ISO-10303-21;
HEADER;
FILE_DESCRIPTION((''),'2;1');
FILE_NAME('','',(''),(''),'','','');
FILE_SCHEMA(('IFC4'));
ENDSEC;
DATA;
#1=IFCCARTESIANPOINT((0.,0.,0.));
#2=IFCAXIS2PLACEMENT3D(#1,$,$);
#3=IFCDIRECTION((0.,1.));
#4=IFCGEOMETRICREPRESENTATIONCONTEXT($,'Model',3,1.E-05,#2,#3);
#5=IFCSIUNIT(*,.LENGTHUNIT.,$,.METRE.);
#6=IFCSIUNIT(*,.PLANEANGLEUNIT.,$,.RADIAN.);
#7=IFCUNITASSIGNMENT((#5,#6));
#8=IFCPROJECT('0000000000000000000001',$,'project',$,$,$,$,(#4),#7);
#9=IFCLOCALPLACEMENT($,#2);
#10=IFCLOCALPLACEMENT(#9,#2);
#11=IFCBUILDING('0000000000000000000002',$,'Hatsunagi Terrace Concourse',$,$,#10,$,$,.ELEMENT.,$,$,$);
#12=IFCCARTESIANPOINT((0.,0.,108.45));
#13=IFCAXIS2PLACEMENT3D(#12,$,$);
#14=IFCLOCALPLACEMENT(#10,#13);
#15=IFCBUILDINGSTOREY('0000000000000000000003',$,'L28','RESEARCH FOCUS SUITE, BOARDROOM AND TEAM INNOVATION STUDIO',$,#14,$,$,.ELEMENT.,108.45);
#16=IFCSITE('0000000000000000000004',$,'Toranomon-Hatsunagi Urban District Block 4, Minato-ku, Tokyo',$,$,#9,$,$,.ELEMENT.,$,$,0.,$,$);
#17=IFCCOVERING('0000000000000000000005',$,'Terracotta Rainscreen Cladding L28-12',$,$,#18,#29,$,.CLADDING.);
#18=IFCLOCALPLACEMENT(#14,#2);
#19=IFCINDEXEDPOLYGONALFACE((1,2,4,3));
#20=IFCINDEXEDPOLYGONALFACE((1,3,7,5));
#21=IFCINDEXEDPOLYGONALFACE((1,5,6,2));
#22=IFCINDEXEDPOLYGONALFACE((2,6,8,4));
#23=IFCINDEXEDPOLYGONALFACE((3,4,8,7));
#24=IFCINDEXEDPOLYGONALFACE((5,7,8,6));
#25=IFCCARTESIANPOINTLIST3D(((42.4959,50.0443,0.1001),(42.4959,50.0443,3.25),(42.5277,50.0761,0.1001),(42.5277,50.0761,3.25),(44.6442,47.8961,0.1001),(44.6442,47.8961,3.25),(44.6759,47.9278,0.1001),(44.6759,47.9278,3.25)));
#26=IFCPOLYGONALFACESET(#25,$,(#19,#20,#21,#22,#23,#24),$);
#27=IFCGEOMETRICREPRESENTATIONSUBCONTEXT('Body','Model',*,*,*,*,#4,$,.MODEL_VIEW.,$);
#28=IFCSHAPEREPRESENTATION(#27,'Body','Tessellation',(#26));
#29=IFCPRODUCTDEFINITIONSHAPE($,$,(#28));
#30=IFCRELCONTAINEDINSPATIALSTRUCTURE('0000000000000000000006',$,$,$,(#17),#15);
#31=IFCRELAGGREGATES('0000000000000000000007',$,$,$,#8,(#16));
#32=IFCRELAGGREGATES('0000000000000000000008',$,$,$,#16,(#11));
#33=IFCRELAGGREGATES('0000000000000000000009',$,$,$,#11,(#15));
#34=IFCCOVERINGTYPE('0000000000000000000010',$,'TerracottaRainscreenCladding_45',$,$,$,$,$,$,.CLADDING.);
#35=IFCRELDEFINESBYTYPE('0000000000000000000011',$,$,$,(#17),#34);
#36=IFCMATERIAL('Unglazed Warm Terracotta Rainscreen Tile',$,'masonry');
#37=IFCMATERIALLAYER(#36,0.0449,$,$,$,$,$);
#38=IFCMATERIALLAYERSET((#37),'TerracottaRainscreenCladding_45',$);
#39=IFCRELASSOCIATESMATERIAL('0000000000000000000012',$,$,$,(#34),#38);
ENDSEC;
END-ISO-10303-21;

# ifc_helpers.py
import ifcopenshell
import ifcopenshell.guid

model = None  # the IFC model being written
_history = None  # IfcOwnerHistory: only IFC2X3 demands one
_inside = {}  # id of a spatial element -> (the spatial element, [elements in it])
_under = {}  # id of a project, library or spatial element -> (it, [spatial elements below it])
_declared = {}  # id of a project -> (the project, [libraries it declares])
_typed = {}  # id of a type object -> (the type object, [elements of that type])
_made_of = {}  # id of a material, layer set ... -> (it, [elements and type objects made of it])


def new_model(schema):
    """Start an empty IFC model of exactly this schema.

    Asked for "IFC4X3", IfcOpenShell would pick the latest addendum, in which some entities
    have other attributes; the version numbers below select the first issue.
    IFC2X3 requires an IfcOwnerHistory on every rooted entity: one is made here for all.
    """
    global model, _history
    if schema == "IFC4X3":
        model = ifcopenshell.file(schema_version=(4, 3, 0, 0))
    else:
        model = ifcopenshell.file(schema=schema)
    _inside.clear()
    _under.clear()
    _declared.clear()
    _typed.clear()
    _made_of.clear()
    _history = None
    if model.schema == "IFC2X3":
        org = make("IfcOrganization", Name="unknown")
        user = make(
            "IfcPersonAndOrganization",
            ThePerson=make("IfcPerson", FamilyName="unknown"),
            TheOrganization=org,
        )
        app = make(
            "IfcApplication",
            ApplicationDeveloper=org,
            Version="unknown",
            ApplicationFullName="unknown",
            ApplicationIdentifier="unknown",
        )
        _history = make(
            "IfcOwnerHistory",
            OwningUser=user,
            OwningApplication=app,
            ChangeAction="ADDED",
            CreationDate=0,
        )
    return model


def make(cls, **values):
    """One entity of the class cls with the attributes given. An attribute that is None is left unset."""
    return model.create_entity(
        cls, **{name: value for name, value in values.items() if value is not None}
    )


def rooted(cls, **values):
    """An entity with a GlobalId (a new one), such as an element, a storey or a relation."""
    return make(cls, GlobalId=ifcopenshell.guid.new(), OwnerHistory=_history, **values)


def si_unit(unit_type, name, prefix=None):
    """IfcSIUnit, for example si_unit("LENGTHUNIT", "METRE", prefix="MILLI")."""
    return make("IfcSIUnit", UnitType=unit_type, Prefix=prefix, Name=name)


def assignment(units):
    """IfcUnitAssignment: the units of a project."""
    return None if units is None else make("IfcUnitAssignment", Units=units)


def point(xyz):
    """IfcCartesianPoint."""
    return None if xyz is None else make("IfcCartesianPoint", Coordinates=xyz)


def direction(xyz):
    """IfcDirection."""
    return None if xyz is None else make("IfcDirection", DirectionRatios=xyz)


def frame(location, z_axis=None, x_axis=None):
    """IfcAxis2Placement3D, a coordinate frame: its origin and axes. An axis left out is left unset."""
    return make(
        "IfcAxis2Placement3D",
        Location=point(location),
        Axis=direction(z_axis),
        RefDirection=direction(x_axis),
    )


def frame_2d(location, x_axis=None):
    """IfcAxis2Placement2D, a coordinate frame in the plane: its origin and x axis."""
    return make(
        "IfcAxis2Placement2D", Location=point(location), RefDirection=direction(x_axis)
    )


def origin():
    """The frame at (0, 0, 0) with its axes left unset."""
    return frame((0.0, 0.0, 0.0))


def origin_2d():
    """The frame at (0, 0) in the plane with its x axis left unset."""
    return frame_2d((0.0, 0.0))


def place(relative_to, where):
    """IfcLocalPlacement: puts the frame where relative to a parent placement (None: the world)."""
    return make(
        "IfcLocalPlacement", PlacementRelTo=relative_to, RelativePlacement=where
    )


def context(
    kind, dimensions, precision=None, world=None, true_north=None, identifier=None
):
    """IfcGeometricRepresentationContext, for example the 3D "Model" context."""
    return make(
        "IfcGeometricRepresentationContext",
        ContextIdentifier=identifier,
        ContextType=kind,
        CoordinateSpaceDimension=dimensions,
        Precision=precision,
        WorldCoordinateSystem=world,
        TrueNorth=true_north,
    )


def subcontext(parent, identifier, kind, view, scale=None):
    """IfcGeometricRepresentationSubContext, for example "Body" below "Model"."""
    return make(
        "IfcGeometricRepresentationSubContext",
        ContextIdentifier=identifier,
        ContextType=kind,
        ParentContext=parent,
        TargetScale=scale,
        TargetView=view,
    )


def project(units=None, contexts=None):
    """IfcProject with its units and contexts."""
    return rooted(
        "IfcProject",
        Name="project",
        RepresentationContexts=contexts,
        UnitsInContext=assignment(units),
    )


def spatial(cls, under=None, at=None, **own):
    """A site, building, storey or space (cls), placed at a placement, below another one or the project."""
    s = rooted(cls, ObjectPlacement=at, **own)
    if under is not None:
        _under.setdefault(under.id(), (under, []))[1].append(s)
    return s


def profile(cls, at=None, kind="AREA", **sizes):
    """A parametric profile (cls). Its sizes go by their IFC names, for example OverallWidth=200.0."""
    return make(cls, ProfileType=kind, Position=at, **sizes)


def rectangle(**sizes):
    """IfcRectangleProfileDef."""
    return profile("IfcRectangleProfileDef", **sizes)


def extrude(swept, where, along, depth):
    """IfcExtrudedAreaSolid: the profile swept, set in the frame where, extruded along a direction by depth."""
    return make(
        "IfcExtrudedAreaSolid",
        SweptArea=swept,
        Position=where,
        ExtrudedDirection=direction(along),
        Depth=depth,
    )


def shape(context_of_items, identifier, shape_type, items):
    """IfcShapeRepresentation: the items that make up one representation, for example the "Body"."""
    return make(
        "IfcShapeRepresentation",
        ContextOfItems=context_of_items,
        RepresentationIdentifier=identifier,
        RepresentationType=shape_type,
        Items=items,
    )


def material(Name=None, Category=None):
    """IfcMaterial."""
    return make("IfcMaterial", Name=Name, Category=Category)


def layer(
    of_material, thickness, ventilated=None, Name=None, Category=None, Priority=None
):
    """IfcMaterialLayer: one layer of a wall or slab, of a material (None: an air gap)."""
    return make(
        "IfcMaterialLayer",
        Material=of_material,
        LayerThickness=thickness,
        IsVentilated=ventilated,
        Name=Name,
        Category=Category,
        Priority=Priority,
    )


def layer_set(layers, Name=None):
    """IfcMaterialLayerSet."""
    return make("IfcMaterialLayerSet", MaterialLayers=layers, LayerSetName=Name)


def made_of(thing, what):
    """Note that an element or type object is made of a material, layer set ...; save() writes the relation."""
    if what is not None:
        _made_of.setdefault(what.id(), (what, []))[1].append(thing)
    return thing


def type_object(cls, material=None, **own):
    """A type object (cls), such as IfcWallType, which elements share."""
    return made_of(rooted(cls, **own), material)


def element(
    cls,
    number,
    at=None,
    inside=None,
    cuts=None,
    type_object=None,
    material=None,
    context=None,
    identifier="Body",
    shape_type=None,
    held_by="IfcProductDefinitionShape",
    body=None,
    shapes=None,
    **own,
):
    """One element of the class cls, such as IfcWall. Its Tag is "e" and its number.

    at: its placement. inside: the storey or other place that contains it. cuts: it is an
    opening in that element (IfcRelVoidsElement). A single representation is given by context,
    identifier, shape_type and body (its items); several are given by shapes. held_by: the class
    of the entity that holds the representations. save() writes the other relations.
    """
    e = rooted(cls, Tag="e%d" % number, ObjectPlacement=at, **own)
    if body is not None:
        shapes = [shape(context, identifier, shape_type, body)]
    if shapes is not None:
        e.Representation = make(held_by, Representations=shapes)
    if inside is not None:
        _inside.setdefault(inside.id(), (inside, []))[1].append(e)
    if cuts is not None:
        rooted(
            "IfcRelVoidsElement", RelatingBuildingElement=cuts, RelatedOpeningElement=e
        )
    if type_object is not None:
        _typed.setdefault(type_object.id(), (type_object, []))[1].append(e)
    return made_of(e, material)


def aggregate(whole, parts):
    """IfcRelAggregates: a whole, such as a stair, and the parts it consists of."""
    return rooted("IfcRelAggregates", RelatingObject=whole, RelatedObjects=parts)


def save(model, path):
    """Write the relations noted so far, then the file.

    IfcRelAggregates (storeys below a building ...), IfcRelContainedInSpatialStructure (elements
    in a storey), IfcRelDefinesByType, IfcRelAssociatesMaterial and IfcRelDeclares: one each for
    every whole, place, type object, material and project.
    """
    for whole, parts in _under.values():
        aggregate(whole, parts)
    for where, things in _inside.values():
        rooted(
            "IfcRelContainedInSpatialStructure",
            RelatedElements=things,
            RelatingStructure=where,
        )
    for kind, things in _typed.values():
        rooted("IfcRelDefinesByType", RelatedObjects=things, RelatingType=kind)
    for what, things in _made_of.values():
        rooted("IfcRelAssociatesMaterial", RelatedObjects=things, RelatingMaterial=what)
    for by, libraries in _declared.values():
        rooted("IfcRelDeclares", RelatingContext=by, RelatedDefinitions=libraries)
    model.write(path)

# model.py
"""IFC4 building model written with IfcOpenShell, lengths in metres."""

from ifc_helpers import new_model, si_unit, direction, frame, origin, origin_2d, place, context, subcontext, project, spatial, rectangle, extrude, material, layer, layer_set, type_object, element, save


model = new_model("IFC4")

# Units and contexts
model_context = context("Model", 3, precision=1e-05, world=origin(), true_north=direction((0.0, 1.0)))
body_context = subcontext(model_context, "Body", "Model", "MODEL_VIEW")
ifc_project = project(units=[si_unit("LENGTHUNIT", "METRE"), si_unit("PLANEANGLEUNIT", "RADIAN")], contexts=[model_context])

# Site, building, storey
site_placement = place(None, origin())
site = spatial("IfcSite", under=ifc_project, at=site_placement, Name="Toranomon-Hatsunagi Urban District Block 4, Minato-ku, Tokyo", CompositionType="ELEMENT", RefElevation=0.0)
building_placement = place(site_placement, origin())
building = spatial("IfcBuilding", under=site, at=building_placement, Name="Hatsunagi Terrace Concourse", CompositionType="ELEMENT")
storey_placement = place(building_placement, frame((0.0, 0.0, 108.45)))
storey = spatial("IfcBuildingStorey", under=building, at=storey_placement, Name="L28", Description="RESEARCH FOCUS SUITE, BOARDROOM AND TEAM INNOVATION STUDIO", CompositionType="ELEMENT", Elevation=108.45)

# Covering
ifc_material_1 = material(Name="Unglazed Warm Terracotta Rainscreen Tile", Category="masonry")
ifc_layer_1 = layer(ifc_material_1, 0.0449)
ifc_layer_set_1 = layer_set([ifc_layer_1], Name="TerracottaRainscreenCladding_45")
covering_type = type_object("IfcCoveringType", Name="TerracottaRainscreenCladding_45", PredefinedType="CLADDING", material=ifc_layer_set_1)
covering_placement = place(storey_placement, frame((43.5859, 48.9861, 0.1001), z_axis=(0.0, 0.0, 1.0), x_axis=(0.707107, -0.707107, 0.0)))
element("IfcCovering", 1, at=covering_placement, inside=storey, type_object=covering_type, Name="Terracotta Rainscreen Cladding L28-12", PredefinedType="CLADDING", context=body_context, shape_type="SweptSolid", body=[
    extrude(rectangle(XDim=3.0381, YDim=0.0449, at=origin_2d()), origin(), (0.0, 0.0, 1.0), 3.1499),
])

save(model, "model.ifc")
